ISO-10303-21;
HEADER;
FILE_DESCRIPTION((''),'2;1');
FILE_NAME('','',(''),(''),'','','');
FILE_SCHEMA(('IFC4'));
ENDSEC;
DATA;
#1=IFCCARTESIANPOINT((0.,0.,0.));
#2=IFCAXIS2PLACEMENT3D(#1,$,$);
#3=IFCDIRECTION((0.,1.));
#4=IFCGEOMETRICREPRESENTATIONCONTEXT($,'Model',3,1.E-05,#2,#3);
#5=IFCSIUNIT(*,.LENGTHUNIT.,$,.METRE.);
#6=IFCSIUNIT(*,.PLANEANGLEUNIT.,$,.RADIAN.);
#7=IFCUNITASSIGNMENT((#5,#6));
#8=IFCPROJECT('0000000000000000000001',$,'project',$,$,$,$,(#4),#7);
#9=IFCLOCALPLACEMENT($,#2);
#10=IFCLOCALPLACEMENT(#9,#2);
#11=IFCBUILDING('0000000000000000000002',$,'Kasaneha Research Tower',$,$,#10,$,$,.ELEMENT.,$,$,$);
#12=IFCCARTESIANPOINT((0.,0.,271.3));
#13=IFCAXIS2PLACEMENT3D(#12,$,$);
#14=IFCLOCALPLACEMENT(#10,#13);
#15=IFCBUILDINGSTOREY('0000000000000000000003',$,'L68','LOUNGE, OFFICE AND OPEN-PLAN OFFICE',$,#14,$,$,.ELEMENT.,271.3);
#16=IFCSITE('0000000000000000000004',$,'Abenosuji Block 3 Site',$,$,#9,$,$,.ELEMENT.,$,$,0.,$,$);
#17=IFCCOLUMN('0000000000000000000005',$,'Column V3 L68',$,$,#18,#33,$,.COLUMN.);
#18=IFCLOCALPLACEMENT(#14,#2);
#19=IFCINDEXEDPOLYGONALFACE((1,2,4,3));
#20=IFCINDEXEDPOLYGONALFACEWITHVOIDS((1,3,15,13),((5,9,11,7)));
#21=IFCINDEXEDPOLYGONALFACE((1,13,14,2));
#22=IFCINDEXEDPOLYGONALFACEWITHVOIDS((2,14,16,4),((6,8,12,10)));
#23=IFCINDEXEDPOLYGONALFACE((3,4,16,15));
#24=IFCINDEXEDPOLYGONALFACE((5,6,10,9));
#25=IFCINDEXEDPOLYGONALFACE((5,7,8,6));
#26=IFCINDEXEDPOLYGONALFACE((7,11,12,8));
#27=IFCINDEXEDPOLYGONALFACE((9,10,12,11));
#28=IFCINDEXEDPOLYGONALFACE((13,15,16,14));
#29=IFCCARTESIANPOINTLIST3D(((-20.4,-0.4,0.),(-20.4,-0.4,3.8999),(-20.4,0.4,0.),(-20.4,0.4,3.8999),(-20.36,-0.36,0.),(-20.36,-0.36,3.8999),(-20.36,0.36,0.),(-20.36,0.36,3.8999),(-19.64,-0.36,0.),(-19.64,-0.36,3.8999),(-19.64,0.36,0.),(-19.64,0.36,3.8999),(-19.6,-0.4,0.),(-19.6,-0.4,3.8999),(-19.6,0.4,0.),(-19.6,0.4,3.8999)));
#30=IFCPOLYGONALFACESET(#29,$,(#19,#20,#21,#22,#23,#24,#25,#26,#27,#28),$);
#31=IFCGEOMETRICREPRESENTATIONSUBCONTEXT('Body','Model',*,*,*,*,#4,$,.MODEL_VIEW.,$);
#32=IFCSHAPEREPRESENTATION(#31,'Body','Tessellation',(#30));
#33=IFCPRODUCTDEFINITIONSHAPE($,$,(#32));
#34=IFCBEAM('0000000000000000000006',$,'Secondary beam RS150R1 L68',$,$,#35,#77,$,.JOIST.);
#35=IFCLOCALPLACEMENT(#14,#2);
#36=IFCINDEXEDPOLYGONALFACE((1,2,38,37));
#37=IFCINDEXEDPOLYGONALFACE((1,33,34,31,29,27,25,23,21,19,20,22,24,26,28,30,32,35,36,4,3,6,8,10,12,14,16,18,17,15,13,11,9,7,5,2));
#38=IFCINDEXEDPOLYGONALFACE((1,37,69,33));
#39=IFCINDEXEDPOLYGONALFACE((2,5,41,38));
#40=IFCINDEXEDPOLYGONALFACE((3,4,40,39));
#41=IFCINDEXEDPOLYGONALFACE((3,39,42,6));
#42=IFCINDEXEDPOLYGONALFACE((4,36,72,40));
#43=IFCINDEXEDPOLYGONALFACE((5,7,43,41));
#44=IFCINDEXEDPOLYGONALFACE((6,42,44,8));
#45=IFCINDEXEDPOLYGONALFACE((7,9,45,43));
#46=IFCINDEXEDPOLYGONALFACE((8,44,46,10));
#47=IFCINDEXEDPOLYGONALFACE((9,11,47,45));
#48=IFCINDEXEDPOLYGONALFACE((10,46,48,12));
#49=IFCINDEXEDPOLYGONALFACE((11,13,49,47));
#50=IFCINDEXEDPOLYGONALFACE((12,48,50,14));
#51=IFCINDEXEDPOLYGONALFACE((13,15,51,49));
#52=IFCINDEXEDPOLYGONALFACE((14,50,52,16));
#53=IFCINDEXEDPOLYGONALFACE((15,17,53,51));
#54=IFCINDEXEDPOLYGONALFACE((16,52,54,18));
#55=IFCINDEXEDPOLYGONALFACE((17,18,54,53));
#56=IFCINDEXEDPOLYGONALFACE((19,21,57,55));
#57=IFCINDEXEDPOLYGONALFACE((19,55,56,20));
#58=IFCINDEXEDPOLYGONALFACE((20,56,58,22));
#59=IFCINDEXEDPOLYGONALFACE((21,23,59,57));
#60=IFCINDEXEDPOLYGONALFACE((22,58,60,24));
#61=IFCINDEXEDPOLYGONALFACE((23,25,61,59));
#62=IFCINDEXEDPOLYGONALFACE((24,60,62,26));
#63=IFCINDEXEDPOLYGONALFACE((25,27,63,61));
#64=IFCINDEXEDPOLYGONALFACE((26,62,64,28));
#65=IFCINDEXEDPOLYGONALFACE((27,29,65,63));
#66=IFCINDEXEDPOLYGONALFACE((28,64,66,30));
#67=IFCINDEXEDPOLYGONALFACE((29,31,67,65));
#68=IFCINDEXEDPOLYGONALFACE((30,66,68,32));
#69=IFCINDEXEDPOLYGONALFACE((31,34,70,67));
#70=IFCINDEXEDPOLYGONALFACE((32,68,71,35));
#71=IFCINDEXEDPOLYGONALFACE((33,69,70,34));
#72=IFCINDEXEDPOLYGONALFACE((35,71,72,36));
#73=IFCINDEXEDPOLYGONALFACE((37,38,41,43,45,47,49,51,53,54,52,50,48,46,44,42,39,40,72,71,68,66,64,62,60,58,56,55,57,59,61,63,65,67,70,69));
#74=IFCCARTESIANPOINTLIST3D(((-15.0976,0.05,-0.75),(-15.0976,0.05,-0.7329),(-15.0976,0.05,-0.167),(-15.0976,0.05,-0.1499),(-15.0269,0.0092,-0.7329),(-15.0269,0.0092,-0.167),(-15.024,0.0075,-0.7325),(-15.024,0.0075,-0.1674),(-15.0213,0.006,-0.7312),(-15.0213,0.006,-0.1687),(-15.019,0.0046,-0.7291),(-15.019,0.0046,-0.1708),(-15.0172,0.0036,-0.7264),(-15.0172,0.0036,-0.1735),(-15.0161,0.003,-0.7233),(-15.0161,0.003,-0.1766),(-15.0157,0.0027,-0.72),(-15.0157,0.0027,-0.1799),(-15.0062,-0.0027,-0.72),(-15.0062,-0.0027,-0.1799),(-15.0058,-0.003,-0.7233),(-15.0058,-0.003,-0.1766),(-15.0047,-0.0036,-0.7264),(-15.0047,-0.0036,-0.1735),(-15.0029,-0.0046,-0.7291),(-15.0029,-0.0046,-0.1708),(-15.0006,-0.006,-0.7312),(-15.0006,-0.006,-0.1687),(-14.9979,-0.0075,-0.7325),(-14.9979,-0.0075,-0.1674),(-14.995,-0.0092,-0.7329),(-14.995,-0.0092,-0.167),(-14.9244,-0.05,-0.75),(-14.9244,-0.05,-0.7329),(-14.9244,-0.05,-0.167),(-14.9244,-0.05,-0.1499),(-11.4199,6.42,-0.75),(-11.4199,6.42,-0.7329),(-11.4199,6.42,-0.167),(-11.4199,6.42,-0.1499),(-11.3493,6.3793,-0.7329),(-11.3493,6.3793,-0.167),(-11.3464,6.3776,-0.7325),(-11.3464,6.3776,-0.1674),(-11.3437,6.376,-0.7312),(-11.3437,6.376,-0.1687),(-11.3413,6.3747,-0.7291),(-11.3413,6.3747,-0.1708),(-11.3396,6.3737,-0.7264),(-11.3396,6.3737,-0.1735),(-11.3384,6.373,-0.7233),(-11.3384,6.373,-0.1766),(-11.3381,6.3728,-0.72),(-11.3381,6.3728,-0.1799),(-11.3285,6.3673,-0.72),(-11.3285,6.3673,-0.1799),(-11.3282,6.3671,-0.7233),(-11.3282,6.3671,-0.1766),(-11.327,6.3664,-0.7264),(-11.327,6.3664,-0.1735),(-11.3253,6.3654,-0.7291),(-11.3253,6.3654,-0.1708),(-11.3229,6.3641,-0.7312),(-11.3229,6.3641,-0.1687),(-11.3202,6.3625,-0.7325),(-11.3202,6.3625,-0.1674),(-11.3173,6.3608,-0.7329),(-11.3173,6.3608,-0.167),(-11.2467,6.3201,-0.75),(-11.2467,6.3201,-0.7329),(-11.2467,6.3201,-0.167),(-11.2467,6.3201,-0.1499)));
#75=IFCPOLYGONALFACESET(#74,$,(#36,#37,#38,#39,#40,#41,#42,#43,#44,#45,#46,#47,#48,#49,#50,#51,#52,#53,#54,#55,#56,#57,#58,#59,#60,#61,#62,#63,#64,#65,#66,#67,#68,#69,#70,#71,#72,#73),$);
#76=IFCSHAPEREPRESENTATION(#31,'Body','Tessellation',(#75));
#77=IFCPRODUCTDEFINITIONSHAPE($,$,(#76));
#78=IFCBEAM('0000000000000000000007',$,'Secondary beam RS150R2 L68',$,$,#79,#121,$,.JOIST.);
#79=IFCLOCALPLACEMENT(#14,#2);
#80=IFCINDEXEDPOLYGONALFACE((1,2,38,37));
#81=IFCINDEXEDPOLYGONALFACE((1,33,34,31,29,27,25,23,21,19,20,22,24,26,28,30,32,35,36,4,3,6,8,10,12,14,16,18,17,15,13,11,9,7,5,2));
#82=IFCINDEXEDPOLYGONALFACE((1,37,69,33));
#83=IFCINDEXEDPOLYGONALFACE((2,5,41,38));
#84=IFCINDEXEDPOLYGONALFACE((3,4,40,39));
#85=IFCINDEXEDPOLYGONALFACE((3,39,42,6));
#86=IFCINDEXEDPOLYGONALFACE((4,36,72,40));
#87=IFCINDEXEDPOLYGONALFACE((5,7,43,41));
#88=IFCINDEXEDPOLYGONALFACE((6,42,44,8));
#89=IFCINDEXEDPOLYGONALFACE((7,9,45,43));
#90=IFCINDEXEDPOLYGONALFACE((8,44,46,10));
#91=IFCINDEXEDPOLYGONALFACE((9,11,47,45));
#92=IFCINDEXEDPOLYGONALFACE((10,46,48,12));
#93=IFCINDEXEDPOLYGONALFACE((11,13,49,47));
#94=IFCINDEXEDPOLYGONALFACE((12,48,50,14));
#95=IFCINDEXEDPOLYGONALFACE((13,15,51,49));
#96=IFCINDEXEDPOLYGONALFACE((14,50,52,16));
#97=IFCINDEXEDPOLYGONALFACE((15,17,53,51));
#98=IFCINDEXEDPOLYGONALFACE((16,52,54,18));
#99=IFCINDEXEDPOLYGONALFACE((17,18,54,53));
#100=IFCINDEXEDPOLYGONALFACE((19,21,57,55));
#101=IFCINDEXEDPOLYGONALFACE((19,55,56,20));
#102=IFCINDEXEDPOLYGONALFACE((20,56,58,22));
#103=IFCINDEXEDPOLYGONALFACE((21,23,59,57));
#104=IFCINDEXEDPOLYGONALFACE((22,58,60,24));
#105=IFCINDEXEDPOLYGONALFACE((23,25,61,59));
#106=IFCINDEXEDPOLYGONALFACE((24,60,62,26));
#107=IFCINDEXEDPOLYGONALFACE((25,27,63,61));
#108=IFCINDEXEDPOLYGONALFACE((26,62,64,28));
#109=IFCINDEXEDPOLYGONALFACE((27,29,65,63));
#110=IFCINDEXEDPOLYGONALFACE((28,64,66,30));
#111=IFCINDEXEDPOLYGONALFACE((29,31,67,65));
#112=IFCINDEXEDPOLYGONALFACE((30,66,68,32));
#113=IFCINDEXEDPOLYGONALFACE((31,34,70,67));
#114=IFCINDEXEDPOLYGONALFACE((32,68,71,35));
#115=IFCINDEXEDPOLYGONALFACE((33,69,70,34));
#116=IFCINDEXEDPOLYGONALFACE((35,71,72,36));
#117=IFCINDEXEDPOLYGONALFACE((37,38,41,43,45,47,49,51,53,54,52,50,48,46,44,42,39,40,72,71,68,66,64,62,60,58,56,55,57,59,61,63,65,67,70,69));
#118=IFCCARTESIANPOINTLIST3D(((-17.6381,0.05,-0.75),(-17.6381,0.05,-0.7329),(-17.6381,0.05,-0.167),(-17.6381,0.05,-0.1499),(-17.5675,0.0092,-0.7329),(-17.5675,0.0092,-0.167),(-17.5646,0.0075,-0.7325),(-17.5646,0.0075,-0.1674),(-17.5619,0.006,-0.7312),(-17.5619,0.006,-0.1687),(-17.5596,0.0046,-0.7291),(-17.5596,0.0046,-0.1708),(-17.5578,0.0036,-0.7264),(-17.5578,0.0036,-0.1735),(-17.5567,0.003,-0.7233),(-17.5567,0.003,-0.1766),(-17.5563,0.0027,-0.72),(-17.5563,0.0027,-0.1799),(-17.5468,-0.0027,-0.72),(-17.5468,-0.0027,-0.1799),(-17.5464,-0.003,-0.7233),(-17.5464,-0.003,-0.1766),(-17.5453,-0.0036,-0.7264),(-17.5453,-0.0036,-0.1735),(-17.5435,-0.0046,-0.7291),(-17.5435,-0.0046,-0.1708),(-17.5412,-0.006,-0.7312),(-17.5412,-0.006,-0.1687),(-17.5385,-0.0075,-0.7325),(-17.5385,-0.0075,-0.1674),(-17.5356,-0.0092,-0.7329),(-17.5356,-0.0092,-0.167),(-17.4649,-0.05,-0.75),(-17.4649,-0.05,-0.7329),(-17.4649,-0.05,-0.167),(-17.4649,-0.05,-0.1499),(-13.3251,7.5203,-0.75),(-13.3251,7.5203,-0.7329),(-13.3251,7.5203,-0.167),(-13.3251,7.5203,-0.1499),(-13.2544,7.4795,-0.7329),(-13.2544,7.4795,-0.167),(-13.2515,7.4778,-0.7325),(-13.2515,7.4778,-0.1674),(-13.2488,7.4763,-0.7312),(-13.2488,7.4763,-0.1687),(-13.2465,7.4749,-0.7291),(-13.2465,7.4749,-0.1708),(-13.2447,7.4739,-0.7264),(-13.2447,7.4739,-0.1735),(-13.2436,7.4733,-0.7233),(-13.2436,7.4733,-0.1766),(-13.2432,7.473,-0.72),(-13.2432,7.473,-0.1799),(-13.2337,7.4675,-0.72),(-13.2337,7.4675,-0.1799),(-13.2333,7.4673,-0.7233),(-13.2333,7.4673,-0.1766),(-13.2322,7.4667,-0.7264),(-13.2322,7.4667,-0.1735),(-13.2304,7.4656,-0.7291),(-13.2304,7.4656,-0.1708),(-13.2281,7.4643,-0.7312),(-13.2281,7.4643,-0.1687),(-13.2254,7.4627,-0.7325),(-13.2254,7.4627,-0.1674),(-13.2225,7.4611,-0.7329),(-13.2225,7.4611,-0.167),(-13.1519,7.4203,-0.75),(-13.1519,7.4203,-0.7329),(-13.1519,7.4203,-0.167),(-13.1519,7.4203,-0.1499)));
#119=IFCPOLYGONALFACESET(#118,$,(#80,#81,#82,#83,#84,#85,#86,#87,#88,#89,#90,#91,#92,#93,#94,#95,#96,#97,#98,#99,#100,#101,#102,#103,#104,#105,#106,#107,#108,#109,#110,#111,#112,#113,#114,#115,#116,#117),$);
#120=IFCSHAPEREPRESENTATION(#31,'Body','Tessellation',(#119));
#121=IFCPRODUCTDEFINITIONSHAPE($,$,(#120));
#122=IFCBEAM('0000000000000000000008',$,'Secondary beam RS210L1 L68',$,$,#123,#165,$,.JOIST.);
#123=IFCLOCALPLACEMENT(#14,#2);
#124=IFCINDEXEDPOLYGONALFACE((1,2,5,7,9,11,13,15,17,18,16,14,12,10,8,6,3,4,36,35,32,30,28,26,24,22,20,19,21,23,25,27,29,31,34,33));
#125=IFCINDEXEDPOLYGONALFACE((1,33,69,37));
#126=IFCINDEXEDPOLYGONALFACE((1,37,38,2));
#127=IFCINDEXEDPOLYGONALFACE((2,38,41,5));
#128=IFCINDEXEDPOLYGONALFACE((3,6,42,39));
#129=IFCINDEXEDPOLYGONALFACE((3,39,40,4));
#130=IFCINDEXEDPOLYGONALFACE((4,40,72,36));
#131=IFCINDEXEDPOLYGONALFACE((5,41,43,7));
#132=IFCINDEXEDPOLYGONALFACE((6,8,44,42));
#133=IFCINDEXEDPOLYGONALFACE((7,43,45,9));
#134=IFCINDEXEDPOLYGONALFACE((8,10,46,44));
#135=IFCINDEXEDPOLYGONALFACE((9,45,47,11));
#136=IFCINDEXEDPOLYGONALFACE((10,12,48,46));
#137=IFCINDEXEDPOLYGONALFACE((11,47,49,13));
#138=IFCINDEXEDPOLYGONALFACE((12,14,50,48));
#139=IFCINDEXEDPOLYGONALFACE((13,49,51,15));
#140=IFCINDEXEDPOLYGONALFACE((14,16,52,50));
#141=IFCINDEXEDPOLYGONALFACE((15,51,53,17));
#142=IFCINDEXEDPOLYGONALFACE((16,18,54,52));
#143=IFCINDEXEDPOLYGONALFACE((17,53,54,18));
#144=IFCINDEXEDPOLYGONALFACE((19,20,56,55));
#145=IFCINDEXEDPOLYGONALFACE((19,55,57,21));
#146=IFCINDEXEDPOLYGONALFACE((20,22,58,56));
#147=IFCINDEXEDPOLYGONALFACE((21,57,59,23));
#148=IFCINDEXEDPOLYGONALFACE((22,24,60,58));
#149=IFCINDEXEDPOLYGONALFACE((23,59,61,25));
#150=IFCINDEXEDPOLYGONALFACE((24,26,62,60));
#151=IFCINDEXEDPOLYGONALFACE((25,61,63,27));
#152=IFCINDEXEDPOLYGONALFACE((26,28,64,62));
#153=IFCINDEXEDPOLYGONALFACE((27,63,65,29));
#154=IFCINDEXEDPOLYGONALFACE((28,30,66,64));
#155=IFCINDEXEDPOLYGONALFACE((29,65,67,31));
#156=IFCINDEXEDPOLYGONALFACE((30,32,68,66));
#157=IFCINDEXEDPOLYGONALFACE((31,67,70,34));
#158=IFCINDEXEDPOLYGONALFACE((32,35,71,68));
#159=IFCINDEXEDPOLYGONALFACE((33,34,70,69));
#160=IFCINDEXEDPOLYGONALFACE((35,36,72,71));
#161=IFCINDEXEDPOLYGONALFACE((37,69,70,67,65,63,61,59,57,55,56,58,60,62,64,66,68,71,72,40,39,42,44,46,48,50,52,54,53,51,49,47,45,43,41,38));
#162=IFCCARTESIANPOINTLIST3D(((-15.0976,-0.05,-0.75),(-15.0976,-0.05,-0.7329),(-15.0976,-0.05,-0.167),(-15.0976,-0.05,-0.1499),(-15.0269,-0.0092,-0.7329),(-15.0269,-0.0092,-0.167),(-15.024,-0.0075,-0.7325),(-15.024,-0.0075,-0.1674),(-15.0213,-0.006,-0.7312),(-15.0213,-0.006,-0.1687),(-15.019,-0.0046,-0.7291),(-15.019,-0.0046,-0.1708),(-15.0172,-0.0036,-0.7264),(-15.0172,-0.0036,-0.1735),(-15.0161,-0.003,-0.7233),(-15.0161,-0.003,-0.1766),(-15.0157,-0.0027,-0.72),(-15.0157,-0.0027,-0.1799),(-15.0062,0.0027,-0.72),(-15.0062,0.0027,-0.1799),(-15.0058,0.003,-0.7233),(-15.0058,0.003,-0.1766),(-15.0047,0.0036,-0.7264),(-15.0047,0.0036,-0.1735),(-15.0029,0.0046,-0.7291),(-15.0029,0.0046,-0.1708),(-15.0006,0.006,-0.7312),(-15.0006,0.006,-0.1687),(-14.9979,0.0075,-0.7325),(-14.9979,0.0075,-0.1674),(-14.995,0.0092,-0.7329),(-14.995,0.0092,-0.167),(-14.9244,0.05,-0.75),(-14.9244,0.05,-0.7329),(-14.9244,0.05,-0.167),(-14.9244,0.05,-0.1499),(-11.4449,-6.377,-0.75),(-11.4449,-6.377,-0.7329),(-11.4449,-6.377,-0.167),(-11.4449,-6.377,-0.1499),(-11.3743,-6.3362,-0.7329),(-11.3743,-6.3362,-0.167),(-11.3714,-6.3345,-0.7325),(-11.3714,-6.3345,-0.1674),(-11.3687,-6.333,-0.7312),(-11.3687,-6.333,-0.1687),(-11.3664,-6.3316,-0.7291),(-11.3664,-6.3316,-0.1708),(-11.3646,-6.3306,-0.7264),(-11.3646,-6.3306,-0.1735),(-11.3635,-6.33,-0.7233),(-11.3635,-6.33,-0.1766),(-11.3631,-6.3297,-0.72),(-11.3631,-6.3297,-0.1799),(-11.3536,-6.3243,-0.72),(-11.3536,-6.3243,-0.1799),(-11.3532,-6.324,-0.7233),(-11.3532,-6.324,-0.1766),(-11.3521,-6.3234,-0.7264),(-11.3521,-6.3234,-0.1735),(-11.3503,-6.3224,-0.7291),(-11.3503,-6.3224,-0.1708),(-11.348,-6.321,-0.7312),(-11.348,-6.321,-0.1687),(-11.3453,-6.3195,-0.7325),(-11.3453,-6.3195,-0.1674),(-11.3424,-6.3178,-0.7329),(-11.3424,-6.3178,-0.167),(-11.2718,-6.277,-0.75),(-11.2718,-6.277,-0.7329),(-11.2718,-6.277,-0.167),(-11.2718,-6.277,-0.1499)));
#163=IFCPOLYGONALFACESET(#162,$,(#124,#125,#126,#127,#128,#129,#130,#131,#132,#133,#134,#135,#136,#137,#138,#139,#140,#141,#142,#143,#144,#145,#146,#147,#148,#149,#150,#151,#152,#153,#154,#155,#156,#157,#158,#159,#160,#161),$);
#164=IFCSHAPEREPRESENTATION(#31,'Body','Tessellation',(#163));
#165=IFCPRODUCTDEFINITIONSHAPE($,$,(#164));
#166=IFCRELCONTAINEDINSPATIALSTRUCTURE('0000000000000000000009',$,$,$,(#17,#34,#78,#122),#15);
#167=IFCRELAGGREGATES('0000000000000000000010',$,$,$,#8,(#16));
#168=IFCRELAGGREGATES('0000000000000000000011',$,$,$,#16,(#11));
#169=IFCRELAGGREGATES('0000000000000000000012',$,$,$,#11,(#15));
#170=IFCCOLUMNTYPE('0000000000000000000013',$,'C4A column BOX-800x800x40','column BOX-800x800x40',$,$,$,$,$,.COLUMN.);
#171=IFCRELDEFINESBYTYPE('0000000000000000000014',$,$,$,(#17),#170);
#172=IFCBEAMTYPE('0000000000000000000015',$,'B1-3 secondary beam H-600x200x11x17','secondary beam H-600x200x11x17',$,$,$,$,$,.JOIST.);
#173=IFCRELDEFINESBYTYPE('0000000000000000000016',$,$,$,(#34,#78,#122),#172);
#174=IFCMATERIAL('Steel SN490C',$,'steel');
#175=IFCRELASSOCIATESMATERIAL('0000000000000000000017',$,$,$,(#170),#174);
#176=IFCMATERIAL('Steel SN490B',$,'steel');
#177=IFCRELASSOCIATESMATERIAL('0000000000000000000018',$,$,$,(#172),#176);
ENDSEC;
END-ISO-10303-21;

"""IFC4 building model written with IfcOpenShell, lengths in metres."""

from ifc_helpers import new_model, si_unit, direction, frame, origin, origin_2d, place, context, subcontext, project, spatial, hollow_rectangle, i_section, extrude, material, material_profile, profile_set, type_object, element, save


model = new_model("IFC4")

# Units and contexts
model_context = context("Model", 3, precision=1e-05, world=origin(), true_north=direction((0.0, 1.0)))
body_context = subcontext(model_context, "Body", "Model", "MODEL_VIEW")
ifc_project = project(units=[si_unit("LENGTHUNIT", "METRE"), si_unit("PLANEANGLEUNIT", "RADIAN")], contexts=[model_context])

# Site, building, storey
site_placement = place(None, origin())
site = spatial("IfcSite", under=ifc_project, at=site_placement, Name="Abenosuji Block 3 Site", CompositionType="ELEMENT", RefElevation=0.0)
building_placement = place(site_placement, origin())
building = spatial("IfcBuilding", under=site, at=building_placement, Name="Kasaneha Research Tower", CompositionType="ELEMENT")
storey_placement = place(building_placement, frame((0.0, 0.0, 271.3)))
storey = spatial("IfcBuildingStorey", under=building, at=storey_placement, Name="L68", Description="LOUNGE, OFFICE AND OPEN-PLAN OFFICE", CompositionType="ELEMENT", Elevation=271.3)

# Column
ifc_material_1 = material(Name="Steel SN490C", Category="steel")
ifc_material_profile_1 = material_profile(ifc_material_1, hollow_rectangle(XDim=0.8, YDim=0.8, WallThickness=0.04, at=origin_2d()), Name="BOX-800x800x40")
ifc_profile_set_1 = profile_set([ifc_material_profile_1], Name="Steel SN490C")
column_type = type_object("IfcColumnType", Name="C4A column BOX-800x800x40", Description="column BOX-800x800x40", PredefinedType="COLUMN", material=ifc_profile_set_1)
column_placement = place(storey_placement, frame((-20.0, 0.0, 0.0), z_axis=(0.0, 0.0, 1.0), x_axis=(1.0, 0.0, 0.0)))
element("IfcColumn", 1, at=column_placement, inside=storey, type_object=column_type, Name="Column V3 L68", PredefinedType="COLUMN", context=body_context, shape_type="SweptSolid", body=[
    extrude(hollow_rectangle(XDim=0.8, YDim=0.8, WallThickness=0.04, at=origin_2d()), origin(), (0.0, 0.0, 1.0), 3.8999),
])

# Beams
ifc_material_2 = material(Name="Steel SN490B", Category="steel")
ifc_material_profile_2 = material_profile(ifc_material_2, i_section(OverallWidth=0.2, OverallDepth=0.6001, WebThickness=0.011, FlangeThickness=0.0171, FilletRadius=0.0129, at=origin_2d()), Name="H-600x200x11x17")
ifc_profile_set_2 = profile_set([ifc_material_profile_2], Name="Steel SN490B")
beam_type_1 = type_object("IfcBeamType", Name="B1-3 secondary beam H-600x200x11x17", Description="secondary beam H-600x200x11x17", PredefinedType="JOIST", material=ifc_profile_set_2)
beam_1_placement = place(storey_placement, frame((-15.011, 0.0, -0.45), z_axis=(0.499994, 0.866029, 0.0), x_axis=(-0.866029, 0.499994, 0.0)))
element("IfcBeam", 2, at=beam_1_placement, inside=storey, type_object=beam_type_1, Name="Secondary beam RS150R1 L68", PredefinedType="JOIST", context=body_context, shape_type="SweptSolid", body=[
    extrude(i_section(OverallWidth=0.2, OverallDepth=0.6001, WebThickness=0.011, FlangeThickness=0.0171, FilletRadius=0.0129, at=origin_2d()), origin(), (0.0, 0.0, 1.0), 7.3555),
])
beam_2_placement = place(storey_placement, frame((-17.5515, 0.0, -0.45), z_axis=(0.500005, 0.866023, 0.0), x_axis=(-0.866023, 0.500005, 0.0)))
element("IfcBeam", 3, at=beam_2_placement, inside=storey, type_object=beam_type_1, Name="Secondary beam RS150R2 L68", PredefinedType="JOIST", context=body_context, shape_type="SweptSolid", body=[
    extrude(i_section(OverallWidth=0.2, OverallDepth=0.6001, WebThickness=0.011, FlangeThickness=0.0171, FilletRadius=0.0129, at=origin_2d()), origin(), (0.0, 0.0, 1.0), 8.626),
])
beam_3_placement = place(storey_placement, frame((-15.011, 0.0, -0.45), z_axis=(0.499974, -0.86604, 0.0), x_axis=(0.86604, 0.499974, 0.0)))
element("IfcBeam", 4, at=beam_3_placement, inside=storey, type_object=beam_type_1, Name="Secondary beam RS210L1 L68", PredefinedType="JOIST", context=body_context, shape_type="SweptSolid", body=[
    extrude(i_section(OverallWidth=0.2, OverallDepth=0.6001, WebThickness=0.011, FlangeThickness=0.0171, FilletRadius=0.0129, at=origin_2d()), origin(), (0.0, 0.0, 1.0), 7.3057),
])

save(model, "model.ifc")
